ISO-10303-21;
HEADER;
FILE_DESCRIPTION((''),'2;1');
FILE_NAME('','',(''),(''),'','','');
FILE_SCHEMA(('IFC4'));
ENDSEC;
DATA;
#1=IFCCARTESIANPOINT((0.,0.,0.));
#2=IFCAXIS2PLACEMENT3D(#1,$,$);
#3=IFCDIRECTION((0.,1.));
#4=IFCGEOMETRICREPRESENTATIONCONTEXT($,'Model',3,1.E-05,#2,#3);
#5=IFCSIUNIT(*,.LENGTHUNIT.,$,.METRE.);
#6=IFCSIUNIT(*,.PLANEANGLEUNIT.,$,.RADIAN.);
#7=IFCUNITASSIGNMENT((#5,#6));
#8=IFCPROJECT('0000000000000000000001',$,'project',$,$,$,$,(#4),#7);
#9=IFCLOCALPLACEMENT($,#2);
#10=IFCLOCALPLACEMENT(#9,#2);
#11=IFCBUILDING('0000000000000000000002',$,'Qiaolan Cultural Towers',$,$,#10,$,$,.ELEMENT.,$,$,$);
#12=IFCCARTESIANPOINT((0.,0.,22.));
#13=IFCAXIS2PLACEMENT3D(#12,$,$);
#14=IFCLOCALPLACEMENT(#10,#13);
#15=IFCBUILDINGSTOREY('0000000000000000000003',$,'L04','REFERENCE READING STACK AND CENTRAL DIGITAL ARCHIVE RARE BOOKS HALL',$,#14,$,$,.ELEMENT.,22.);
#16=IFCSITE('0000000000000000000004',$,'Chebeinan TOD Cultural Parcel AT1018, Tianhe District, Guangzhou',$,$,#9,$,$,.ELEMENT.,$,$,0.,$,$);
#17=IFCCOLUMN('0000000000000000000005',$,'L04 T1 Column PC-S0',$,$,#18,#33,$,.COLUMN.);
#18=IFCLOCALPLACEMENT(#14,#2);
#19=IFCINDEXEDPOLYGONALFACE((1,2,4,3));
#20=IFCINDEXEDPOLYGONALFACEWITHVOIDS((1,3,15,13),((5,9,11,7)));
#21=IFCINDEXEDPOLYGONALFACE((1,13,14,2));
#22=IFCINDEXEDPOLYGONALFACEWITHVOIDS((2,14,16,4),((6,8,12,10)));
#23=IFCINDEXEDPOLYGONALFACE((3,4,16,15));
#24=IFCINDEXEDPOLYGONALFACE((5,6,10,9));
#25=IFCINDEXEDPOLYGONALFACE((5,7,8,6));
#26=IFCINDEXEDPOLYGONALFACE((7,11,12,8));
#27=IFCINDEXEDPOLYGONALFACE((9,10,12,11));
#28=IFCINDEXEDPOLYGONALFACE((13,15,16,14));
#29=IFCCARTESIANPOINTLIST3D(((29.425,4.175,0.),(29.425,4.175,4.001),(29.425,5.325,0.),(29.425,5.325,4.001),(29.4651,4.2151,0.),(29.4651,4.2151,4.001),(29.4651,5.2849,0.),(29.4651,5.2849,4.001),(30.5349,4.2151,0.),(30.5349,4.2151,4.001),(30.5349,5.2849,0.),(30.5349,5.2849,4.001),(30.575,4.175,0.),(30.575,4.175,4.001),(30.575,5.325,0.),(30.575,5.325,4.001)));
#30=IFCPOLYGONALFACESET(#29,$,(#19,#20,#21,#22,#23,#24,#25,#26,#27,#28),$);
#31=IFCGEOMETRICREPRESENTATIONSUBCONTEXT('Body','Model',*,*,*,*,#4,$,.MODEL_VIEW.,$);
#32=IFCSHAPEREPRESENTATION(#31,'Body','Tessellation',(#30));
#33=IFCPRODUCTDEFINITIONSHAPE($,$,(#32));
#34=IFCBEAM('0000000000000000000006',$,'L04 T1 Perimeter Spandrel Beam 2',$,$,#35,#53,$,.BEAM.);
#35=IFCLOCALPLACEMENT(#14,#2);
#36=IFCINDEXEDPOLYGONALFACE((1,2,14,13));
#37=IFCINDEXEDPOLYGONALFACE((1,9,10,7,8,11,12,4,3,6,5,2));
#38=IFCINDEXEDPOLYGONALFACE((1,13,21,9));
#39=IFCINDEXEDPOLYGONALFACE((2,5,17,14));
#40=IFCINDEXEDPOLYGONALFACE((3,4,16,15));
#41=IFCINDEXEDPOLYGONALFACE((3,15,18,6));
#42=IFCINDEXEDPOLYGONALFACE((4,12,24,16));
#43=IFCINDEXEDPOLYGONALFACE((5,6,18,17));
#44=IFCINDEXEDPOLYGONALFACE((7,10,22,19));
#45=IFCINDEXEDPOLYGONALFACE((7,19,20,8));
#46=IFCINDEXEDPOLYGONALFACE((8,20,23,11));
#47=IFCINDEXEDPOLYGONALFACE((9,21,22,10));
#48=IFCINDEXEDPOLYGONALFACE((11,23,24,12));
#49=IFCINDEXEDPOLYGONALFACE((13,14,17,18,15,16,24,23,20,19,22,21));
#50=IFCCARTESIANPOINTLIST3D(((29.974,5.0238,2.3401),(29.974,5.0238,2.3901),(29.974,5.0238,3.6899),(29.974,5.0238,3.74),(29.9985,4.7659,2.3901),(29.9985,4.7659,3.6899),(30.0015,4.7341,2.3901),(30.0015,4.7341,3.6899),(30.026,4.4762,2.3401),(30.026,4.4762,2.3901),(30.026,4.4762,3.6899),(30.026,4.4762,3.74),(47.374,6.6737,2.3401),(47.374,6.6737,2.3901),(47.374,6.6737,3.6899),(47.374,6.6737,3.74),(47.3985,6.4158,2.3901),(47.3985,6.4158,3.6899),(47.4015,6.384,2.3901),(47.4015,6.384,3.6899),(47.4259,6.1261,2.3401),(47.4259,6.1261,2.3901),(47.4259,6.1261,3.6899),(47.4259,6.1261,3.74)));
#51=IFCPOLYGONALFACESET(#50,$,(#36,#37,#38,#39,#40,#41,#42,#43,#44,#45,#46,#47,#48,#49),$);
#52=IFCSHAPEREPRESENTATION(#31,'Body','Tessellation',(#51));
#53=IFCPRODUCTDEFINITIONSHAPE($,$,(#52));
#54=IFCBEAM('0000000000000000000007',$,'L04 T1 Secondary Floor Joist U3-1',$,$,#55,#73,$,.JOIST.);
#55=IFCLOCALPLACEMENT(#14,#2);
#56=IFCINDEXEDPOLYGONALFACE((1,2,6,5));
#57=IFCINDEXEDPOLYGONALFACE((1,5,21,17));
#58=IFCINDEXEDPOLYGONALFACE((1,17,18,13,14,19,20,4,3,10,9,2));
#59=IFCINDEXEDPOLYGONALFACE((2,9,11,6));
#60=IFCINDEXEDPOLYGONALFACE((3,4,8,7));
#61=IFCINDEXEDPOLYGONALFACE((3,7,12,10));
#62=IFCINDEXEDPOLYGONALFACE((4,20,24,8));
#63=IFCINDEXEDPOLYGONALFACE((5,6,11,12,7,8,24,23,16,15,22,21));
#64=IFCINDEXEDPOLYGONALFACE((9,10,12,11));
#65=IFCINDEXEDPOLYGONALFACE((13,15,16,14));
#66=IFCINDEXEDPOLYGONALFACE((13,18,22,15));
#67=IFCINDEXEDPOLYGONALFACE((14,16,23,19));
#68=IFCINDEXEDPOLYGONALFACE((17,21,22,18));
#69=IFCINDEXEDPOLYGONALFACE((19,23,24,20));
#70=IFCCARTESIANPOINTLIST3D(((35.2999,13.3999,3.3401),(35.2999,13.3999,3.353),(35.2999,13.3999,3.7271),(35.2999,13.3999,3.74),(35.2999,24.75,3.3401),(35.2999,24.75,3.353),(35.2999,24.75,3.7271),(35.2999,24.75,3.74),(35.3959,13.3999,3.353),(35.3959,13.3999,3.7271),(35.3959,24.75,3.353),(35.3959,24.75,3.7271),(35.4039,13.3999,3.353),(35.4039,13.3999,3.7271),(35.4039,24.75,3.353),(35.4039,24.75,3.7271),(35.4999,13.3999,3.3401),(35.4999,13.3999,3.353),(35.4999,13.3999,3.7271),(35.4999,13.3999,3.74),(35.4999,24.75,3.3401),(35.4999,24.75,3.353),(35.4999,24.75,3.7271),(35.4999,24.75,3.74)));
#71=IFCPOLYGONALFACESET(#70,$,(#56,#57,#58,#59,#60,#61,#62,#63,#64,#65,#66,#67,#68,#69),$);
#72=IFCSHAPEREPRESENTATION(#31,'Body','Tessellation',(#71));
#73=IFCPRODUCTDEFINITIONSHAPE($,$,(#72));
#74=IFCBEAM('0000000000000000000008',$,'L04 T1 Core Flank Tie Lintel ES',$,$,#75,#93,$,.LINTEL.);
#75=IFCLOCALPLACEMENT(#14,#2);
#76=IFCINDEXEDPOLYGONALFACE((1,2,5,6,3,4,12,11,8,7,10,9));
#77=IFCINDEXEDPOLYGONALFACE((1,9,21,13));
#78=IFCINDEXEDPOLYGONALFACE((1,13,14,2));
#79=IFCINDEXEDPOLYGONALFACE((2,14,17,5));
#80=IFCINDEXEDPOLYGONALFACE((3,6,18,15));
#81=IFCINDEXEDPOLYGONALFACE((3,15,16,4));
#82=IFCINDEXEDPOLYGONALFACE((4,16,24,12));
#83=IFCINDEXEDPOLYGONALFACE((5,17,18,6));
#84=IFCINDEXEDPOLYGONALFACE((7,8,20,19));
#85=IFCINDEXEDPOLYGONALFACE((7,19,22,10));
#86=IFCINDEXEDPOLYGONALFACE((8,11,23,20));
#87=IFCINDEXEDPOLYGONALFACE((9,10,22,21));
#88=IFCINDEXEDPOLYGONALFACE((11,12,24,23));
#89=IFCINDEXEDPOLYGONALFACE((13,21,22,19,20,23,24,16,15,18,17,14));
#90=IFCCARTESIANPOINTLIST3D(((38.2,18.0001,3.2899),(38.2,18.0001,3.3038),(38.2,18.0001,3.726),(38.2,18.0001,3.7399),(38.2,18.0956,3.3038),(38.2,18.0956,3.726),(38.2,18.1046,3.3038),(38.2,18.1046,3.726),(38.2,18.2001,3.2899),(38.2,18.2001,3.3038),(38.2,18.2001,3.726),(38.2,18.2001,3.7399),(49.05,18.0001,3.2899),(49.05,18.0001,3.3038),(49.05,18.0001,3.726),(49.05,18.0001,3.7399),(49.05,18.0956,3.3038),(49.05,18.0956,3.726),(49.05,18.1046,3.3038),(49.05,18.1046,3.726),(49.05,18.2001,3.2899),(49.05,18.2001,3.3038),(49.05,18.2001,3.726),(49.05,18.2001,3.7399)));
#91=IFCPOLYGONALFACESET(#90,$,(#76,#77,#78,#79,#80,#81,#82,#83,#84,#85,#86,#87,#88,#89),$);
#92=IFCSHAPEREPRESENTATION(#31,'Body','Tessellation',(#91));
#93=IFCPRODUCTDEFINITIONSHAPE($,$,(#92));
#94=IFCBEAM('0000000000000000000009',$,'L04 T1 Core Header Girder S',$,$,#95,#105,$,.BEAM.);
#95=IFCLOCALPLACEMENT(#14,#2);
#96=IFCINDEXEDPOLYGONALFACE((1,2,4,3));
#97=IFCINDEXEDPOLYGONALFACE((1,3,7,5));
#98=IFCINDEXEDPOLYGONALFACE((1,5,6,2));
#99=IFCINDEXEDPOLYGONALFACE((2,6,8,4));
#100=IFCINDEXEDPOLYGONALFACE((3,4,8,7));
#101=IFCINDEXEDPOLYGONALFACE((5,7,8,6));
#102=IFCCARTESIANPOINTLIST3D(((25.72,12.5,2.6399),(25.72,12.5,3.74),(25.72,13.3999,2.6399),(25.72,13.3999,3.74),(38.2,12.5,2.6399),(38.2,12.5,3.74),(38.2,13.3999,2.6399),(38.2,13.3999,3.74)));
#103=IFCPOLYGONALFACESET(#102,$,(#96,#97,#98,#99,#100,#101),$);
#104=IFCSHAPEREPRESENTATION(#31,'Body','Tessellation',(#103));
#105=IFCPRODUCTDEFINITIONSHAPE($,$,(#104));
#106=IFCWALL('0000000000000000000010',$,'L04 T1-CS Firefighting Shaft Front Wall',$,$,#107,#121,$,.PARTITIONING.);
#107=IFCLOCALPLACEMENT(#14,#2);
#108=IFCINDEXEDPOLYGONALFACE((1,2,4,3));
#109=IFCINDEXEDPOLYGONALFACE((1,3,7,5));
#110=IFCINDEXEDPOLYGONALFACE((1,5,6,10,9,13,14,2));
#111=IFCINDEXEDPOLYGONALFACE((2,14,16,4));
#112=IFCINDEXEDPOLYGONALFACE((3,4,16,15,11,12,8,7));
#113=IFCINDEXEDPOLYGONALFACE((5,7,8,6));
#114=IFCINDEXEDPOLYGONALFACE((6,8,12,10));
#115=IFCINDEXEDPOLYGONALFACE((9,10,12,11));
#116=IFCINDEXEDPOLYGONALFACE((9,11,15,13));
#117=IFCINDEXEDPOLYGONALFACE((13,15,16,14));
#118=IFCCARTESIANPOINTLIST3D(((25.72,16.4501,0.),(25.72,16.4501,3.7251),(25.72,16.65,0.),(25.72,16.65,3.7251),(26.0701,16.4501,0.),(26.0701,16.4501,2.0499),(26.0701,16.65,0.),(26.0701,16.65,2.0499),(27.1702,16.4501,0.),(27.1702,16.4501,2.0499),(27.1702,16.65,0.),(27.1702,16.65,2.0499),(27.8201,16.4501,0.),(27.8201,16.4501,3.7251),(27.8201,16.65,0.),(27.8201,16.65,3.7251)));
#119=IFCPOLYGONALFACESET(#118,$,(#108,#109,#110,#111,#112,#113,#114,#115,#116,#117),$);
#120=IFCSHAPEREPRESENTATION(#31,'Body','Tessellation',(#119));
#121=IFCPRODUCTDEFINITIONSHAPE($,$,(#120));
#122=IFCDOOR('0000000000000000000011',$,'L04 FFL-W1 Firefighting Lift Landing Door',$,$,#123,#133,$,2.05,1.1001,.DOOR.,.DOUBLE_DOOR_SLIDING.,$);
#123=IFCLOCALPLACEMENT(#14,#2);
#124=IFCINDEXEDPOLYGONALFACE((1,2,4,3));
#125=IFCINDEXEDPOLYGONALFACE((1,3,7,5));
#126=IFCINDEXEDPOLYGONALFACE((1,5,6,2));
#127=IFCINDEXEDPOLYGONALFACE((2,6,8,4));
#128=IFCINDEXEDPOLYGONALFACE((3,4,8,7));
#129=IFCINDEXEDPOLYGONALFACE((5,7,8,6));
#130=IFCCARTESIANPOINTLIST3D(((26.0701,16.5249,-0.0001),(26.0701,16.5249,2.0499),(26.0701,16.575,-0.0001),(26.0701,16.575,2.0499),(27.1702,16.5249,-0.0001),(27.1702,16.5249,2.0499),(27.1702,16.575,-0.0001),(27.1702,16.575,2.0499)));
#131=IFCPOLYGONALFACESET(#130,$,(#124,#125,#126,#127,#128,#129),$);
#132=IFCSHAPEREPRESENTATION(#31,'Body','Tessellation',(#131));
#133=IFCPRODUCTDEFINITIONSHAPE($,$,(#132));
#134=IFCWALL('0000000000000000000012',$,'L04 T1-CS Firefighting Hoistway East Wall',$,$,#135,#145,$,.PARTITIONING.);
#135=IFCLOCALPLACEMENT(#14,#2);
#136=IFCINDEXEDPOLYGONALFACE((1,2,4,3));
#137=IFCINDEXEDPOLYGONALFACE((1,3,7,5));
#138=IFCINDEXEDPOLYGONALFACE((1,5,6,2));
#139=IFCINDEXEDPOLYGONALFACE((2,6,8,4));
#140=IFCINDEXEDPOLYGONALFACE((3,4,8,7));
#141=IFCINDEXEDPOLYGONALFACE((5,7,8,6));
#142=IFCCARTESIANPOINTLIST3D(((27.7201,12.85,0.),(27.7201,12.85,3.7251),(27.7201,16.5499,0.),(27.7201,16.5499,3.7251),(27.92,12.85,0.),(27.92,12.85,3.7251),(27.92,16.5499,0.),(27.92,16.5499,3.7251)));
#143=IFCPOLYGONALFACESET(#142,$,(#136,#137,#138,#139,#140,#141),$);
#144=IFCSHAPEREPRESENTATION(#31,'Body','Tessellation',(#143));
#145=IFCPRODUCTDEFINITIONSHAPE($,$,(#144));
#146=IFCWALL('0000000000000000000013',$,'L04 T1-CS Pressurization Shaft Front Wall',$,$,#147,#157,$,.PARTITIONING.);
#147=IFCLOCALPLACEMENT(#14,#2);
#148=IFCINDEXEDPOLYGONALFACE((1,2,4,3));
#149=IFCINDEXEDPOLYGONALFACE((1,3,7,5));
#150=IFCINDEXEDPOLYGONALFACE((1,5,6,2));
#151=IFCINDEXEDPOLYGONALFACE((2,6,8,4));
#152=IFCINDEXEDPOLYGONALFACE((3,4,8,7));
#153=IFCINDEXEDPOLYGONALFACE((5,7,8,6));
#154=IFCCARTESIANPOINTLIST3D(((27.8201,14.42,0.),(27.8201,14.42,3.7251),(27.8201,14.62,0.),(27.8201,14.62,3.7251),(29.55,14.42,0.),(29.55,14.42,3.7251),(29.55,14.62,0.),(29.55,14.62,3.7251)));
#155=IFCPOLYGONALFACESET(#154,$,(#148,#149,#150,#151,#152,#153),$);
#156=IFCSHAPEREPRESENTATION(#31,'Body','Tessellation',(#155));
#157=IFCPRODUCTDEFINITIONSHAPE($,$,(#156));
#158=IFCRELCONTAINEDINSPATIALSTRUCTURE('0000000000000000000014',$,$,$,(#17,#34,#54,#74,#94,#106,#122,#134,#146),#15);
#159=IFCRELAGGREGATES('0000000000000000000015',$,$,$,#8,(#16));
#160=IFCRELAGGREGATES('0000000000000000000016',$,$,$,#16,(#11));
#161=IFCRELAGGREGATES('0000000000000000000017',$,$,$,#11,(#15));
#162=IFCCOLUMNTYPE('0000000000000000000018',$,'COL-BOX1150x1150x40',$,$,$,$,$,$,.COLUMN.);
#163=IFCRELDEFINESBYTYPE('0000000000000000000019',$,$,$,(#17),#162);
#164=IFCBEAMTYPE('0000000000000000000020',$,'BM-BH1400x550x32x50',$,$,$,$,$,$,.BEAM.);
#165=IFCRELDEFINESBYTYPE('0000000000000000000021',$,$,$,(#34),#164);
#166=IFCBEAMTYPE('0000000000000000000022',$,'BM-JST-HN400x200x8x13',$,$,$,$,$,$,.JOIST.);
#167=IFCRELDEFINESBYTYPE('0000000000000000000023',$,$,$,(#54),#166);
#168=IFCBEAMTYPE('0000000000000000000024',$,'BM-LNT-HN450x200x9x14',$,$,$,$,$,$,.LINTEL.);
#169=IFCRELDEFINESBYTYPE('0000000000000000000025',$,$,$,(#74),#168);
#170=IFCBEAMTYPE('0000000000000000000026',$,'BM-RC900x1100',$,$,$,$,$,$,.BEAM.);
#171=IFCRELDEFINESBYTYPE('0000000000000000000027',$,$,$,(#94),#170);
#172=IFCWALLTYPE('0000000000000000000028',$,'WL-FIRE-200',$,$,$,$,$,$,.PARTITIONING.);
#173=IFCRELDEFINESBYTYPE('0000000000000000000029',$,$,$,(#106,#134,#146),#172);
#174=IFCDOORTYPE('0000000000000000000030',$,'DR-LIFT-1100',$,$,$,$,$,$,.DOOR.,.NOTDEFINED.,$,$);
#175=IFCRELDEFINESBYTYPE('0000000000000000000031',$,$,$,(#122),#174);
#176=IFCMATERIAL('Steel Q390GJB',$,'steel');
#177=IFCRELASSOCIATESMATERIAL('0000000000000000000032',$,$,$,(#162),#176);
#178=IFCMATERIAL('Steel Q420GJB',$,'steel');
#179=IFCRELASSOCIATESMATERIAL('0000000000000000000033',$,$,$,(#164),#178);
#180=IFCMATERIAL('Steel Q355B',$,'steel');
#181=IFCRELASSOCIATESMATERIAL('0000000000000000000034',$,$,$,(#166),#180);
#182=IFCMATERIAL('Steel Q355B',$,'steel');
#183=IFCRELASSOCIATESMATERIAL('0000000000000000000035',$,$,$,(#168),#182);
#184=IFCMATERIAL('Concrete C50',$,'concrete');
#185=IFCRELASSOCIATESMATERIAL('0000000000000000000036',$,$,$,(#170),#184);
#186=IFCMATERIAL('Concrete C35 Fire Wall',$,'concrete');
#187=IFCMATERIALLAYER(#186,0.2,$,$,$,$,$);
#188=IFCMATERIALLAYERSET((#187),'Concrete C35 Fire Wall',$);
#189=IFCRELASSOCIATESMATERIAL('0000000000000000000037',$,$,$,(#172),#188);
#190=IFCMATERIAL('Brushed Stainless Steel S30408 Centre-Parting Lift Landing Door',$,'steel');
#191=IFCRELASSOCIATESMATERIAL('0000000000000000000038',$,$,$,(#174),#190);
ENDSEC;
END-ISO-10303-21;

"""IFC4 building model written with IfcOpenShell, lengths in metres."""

from ifc_helpers import new_model, si_unit, direction, frame, frame_2d, origin, origin_2d, place, context, subcontext, project, spatial, rectangle, hollow_rectangle, i_section, extrude, material, layer, layer_set, material_profile, profile_set, type_object, element, fill, save


model = new_model("IFC4")

# Units and contexts
model_context = context("Model", 3, precision=1e-05, world=origin(), true_north=direction((0.0, 1.0)))
body_context = subcontext(model_context, "Body", "Model", "MODEL_VIEW")
ifc_project = project(units=[si_unit("LENGTHUNIT", "METRE"), si_unit("PLANEANGLEUNIT", "RADIAN")], contexts=[model_context])

# Site, building, storey
site_placement = place(None, origin())
site = spatial("IfcSite", under=ifc_project, at=site_placement, Name="Chebeinan TOD Cultural Parcel AT1018, Tianhe District, Guangzhou", CompositionType="ELEMENT", RefElevation=0.0)
building_placement = place(site_placement, origin())
building = spatial("IfcBuilding", under=site, at=building_placement, Name="Qiaolan Cultural Towers", CompositionType="ELEMENT")
storey_placement = place(building_placement, frame((0.0, 0.0, 22.0)))
storey = spatial("IfcBuildingStorey", under=building, at=storey_placement, Name="L04", Description="REFERENCE READING STACK AND CENTRAL DIGITAL ARCHIVE RARE BOOKS HALL", CompositionType="ELEMENT", Elevation=22.0)

# Column
ifc_material_1 = material(Name="Steel Q390GJB", Category="steel")
ifc_material_profile_1 = material_profile(ifc_material_1, hollow_rectangle(XDim=1.1499, YDim=1.1499, WallThickness=0.04, at=origin_2d()), Name="BOX1150x1150x40")
ifc_profile_set_1 = profile_set([ifc_material_profile_1], Name="Steel Q390GJB")
column_type = type_object("IfcColumnType", Name="COL-BOX1150x1150x40", PredefinedType="COLUMN", material=ifc_profile_set_1)
column_placement = place(storey_placement, frame((30.0, 4.75, 0.0), z_axis=(0.0, 0.0, 1.0), x_axis=(1.0, 0.0, 0.0)))
element("IfcColumn", 1, at=column_placement, inside=storey, type_object=column_type, Name="L04 T1 Column PC-S0", PredefinedType="COLUMN", context=body_context, shape_type="SweptSolid", body=[
    extrude(hollow_rectangle(XDim=1.1499, YDim=1.1499, WallThickness=0.04, at=origin_2d()), origin(), (0.0, 0.0, 1.0), 4.001),
])

# Beams
ifc_material_2 = material(Name="Steel Q420GJB", Category="steel")
ifc_material_profile_2 = material_profile(ifc_material_2, i_section(OverallWidth=0.55, OverallDepth=1.3999, WebThickness=0.032, FlangeThickness=0.05, at=origin_2d()), Name="BH1400x550x32x50")
ifc_profile_set_2 = profile_set([ifc_material_profile_2], Name="Steel Q420GJB")
beam_type_1 = type_object("IfcBeamType", Name="BM-BH1400x550x32x50", PredefinedType="BEAM", material=ifc_profile_set_2)
beam_1_placement = place(storey_placement, frame((30.0, 4.75, 3.04), z_axis=(0.995534, 0.094399, 0.0), x_axis=(-0.094399, 0.995534, 0.0)))
element("IfcBeam", 2, at=beam_1_placement, inside=storey, type_object=beam_type_1, Name="L04 T1 Perimeter Spandrel Beam 2", PredefinedType="BEAM", context=body_context, shape_type="SweptSolid", body=[
    extrude(i_section(OverallWidth=0.55, OverallDepth=1.3999, WebThickness=0.032, FlangeThickness=0.05, at=origin_2d()), origin(), (0.0, 0.0, 1.0), 17.478),
])
ifc_material_3 = material(Name="Steel Q355B", Category="steel")
ifc_material_profile_3 = material_profile(ifc_material_3, i_section(OverallWidth=0.2, OverallDepth=0.3999, WebThickness=0.0081, FlangeThickness=0.0129, at=origin_2d()), Name="HN400x200x8x13")
ifc_profile_set_3 = profile_set([ifc_material_profile_3], Name="Steel Q355B")
beam_type_2 = type_object("IfcBeamType", Name="BM-JST-HN400x200x8x13", PredefinedType="JOIST", material=ifc_profile_set_3)
beam_2_placement = place(storey_placement, frame((35.3999, 13.3999, 3.54), z_axis=(0.0, 1.0, 0.0), x_axis=(-1.0, 0.0, 0.0)))
element("IfcBeam", 3, at=beam_2_placement, inside=storey, type_object=beam_type_2, Name="L04 T1 Secondary Floor Joist U3-1", PredefinedType="JOIST", context=body_context, shape_type="SweptSolid", body=[
    extrude(i_section(OverallWidth=0.2, OverallDepth=0.3999, WebThickness=0.0081, FlangeThickness=0.0129, at=origin_2d()), origin(), (0.0, 0.0, 1.0), 11.3501),
])
ifc_material_4 = material(Name="Steel Q355B", Category="steel")
ifc_material_profile_4 = material_profile(ifc_material_4, i_section(OverallWidth=0.2, OverallDepth=0.45, WebThickness=0.009, FlangeThickness=0.0139, at=origin_2d()), Name="HN450x200x9x14")
ifc_profile_set_4 = profile_set([ifc_material_profile_4], Name="Steel Q355B")
beam_type_3 = type_object("IfcBeamType", Name="BM-LNT-HN450x200x9x14", PredefinedType="LINTEL", material=ifc_profile_set_4)
beam_3_placement = place(storey_placement, frame((38.2, 18.1001, 3.5149), z_axis=(1.0, 0.0, 0.0), x_axis=(0.0, 1.0, 0.0)))
element("IfcBeam", 4, at=beam_3_placement, inside=storey, type_object=beam_type_3, Name="L04 T1 Core Flank Tie Lintel ES", PredefinedType="LINTEL", context=body_context, shape_type="SweptSolid", body=[
    extrude(i_section(OverallWidth=0.2, OverallDepth=0.45, WebThickness=0.009, FlangeThickness=0.0139, at=origin_2d()), origin(), (0.0, 0.0, 1.0), 10.8501),
])
ifc_material_5 = material(Name="Concrete C50", Category="concrete")
ifc_material_profile_5 = material_profile(ifc_material_5, rectangle(XDim=0.8999, YDim=1.1001, at=origin_2d()), Name="RC900x1100")
ifc_profile_set_5 = profile_set([ifc_material_profile_5], Name="Concrete C50")
beam_type_4 = type_object("IfcBeamType", Name="BM-RC900x1100", PredefinedType="BEAM", material=ifc_profile_set_5)
beam_4_placement = place(storey_placement, frame((25.72, 12.95, 3.1899), z_axis=(1.0, 0.0, 0.0), x_axis=(0.0, 1.0, 0.0)))
element("IfcBeam", 5, at=beam_4_placement, inside=storey, type_object=beam_type_4, Name="L04 T1 Core Header Girder S", PredefinedType="BEAM", context=body_context, shape_type="SweptSolid", body=[
    extrude(rectangle(XDim=0.8999, YDim=1.1001, at=origin_2d()), origin(), (0.0, 0.0, 1.0), 12.48),
])

# Wall, opening, door
ifc_material_6 = material(Name="Concrete C35 Fire Wall", Category="concrete")
ifc_layer = layer(ifc_material_6, 0.2)
ifc_layer_set = layer_set([ifc_layer], Name="Concrete C35 Fire Wall")
wall_type = type_object("IfcWallType", Name="WL-FIRE-200", PredefinedType="PARTITIONING", material=ifc_layer_set)
wall_1_placement = place(storey_placement, frame((25.72, 16.55, 0.0), z_axis=(0.0, 0.0, 1.0), x_axis=(1.0, 0.0, 0.0)))
wall_1 = element("IfcWall", 6, at=wall_1_placement, inside=storey, type_object=wall_type, Name="L04 T1-CS Firefighting Shaft Front Wall", PredefinedType="PARTITIONING", context=body_context, shape_type="SweptSolid", body=[
    extrude(rectangle(XDim=2.1001, YDim=0.2, at=frame_2d((1.05, 0.0))), origin(), (0.0, 0.0, 1.0), 3.7251),
])
opening_1_placement = place(wall_1_placement, frame((0.3501, 0.0, 0.0)))
opening_1 = element("IfcOpeningElement", 7, at=opening_1_placement, cuts=wall_1, PredefinedType="OPENING", context=body_context, shape_type="SweptSolid", body=[
    extrude(rectangle(XDim=1.1001, YDim=2.05, at=frame_2d((0.55, 1.0249))), frame((0.0, 0.1099, 0.0), z_axis=(0.0, -1.0, 0.0), x_axis=(1.0, 0.0, 0.0)), (0.0, 0.0, 1.0), 0.22),
])
ifc_material_7 = material(Name="Brushed Stainless Steel S30408 Centre-Parting Lift Landing Door", Category="steel")
door_type = type_object("IfcDoorType", Name="DR-LIFT-1100", OperationType="NOTDEFINED", PredefinedType="DOOR", material=ifc_material_7)
door_1_placement = place(opening_1_placement, origin())
door_1 = element("IfcDoor", 8, at=door_1_placement, inside=storey, type_object=door_type, Name="L04 FFL-W1 Firefighting Lift Landing Door", OperationType="DOUBLE_DOOR_SLIDING", OverallHeight=2.05, OverallWidth=1.1001, PredefinedType="DOOR", context=body_context, shape_type="SweptSolid", body=[
    extrude(rectangle(XDim=1.1001, YDim=2.05, at=frame_2d((0.55, 1.0249))), frame((0.0, 0.0249, 0.0), z_axis=(0.0, -1.0, 0.0), x_axis=(1.0, 0.0, 0.0)), (0.0, 0.0, 1.0), 0.05),
])
fill(opening_1, door_1)

# Walls
wall_2_placement = place(storey_placement, frame((27.8201, 16.55, 0.0), z_axis=(0.0, 0.0, 1.0), x_axis=(0.0, -1.0, 0.0)))
element("IfcWall", 9, at=wall_2_placement, inside=storey, type_object=wall_type, Name="L04 T1-CS Firefighting Hoistway East Wall", PredefinedType="PARTITIONING", context=body_context, shape_type="SweptSolid", body=[
    extrude(rectangle(XDim=3.7, YDim=0.2, at=frame_2d((1.8501, 0.0))), origin(), (0.0, 0.0, 1.0), 3.7251),
])
wall_3_placement = place(storey_placement, frame((27.8201, 14.52, 0.0), z_axis=(0.0, 0.0, 1.0), x_axis=(1.0, 0.0, 0.0)))
element("IfcWall", 10, at=wall_3_placement, inside=storey, type_object=wall_type, Name="L04 T1-CS Pressurization Shaft Front Wall", PredefinedType="PARTITIONING", context=body_context, shape_type="SweptSolid", body=[
    extrude(rectangle(XDim=1.73, YDim=0.2, at=frame_2d((0.865, 0.0))), origin(), (0.0, 0.0, 1.0), 3.7251),
])

save(model, "model.ifc")
